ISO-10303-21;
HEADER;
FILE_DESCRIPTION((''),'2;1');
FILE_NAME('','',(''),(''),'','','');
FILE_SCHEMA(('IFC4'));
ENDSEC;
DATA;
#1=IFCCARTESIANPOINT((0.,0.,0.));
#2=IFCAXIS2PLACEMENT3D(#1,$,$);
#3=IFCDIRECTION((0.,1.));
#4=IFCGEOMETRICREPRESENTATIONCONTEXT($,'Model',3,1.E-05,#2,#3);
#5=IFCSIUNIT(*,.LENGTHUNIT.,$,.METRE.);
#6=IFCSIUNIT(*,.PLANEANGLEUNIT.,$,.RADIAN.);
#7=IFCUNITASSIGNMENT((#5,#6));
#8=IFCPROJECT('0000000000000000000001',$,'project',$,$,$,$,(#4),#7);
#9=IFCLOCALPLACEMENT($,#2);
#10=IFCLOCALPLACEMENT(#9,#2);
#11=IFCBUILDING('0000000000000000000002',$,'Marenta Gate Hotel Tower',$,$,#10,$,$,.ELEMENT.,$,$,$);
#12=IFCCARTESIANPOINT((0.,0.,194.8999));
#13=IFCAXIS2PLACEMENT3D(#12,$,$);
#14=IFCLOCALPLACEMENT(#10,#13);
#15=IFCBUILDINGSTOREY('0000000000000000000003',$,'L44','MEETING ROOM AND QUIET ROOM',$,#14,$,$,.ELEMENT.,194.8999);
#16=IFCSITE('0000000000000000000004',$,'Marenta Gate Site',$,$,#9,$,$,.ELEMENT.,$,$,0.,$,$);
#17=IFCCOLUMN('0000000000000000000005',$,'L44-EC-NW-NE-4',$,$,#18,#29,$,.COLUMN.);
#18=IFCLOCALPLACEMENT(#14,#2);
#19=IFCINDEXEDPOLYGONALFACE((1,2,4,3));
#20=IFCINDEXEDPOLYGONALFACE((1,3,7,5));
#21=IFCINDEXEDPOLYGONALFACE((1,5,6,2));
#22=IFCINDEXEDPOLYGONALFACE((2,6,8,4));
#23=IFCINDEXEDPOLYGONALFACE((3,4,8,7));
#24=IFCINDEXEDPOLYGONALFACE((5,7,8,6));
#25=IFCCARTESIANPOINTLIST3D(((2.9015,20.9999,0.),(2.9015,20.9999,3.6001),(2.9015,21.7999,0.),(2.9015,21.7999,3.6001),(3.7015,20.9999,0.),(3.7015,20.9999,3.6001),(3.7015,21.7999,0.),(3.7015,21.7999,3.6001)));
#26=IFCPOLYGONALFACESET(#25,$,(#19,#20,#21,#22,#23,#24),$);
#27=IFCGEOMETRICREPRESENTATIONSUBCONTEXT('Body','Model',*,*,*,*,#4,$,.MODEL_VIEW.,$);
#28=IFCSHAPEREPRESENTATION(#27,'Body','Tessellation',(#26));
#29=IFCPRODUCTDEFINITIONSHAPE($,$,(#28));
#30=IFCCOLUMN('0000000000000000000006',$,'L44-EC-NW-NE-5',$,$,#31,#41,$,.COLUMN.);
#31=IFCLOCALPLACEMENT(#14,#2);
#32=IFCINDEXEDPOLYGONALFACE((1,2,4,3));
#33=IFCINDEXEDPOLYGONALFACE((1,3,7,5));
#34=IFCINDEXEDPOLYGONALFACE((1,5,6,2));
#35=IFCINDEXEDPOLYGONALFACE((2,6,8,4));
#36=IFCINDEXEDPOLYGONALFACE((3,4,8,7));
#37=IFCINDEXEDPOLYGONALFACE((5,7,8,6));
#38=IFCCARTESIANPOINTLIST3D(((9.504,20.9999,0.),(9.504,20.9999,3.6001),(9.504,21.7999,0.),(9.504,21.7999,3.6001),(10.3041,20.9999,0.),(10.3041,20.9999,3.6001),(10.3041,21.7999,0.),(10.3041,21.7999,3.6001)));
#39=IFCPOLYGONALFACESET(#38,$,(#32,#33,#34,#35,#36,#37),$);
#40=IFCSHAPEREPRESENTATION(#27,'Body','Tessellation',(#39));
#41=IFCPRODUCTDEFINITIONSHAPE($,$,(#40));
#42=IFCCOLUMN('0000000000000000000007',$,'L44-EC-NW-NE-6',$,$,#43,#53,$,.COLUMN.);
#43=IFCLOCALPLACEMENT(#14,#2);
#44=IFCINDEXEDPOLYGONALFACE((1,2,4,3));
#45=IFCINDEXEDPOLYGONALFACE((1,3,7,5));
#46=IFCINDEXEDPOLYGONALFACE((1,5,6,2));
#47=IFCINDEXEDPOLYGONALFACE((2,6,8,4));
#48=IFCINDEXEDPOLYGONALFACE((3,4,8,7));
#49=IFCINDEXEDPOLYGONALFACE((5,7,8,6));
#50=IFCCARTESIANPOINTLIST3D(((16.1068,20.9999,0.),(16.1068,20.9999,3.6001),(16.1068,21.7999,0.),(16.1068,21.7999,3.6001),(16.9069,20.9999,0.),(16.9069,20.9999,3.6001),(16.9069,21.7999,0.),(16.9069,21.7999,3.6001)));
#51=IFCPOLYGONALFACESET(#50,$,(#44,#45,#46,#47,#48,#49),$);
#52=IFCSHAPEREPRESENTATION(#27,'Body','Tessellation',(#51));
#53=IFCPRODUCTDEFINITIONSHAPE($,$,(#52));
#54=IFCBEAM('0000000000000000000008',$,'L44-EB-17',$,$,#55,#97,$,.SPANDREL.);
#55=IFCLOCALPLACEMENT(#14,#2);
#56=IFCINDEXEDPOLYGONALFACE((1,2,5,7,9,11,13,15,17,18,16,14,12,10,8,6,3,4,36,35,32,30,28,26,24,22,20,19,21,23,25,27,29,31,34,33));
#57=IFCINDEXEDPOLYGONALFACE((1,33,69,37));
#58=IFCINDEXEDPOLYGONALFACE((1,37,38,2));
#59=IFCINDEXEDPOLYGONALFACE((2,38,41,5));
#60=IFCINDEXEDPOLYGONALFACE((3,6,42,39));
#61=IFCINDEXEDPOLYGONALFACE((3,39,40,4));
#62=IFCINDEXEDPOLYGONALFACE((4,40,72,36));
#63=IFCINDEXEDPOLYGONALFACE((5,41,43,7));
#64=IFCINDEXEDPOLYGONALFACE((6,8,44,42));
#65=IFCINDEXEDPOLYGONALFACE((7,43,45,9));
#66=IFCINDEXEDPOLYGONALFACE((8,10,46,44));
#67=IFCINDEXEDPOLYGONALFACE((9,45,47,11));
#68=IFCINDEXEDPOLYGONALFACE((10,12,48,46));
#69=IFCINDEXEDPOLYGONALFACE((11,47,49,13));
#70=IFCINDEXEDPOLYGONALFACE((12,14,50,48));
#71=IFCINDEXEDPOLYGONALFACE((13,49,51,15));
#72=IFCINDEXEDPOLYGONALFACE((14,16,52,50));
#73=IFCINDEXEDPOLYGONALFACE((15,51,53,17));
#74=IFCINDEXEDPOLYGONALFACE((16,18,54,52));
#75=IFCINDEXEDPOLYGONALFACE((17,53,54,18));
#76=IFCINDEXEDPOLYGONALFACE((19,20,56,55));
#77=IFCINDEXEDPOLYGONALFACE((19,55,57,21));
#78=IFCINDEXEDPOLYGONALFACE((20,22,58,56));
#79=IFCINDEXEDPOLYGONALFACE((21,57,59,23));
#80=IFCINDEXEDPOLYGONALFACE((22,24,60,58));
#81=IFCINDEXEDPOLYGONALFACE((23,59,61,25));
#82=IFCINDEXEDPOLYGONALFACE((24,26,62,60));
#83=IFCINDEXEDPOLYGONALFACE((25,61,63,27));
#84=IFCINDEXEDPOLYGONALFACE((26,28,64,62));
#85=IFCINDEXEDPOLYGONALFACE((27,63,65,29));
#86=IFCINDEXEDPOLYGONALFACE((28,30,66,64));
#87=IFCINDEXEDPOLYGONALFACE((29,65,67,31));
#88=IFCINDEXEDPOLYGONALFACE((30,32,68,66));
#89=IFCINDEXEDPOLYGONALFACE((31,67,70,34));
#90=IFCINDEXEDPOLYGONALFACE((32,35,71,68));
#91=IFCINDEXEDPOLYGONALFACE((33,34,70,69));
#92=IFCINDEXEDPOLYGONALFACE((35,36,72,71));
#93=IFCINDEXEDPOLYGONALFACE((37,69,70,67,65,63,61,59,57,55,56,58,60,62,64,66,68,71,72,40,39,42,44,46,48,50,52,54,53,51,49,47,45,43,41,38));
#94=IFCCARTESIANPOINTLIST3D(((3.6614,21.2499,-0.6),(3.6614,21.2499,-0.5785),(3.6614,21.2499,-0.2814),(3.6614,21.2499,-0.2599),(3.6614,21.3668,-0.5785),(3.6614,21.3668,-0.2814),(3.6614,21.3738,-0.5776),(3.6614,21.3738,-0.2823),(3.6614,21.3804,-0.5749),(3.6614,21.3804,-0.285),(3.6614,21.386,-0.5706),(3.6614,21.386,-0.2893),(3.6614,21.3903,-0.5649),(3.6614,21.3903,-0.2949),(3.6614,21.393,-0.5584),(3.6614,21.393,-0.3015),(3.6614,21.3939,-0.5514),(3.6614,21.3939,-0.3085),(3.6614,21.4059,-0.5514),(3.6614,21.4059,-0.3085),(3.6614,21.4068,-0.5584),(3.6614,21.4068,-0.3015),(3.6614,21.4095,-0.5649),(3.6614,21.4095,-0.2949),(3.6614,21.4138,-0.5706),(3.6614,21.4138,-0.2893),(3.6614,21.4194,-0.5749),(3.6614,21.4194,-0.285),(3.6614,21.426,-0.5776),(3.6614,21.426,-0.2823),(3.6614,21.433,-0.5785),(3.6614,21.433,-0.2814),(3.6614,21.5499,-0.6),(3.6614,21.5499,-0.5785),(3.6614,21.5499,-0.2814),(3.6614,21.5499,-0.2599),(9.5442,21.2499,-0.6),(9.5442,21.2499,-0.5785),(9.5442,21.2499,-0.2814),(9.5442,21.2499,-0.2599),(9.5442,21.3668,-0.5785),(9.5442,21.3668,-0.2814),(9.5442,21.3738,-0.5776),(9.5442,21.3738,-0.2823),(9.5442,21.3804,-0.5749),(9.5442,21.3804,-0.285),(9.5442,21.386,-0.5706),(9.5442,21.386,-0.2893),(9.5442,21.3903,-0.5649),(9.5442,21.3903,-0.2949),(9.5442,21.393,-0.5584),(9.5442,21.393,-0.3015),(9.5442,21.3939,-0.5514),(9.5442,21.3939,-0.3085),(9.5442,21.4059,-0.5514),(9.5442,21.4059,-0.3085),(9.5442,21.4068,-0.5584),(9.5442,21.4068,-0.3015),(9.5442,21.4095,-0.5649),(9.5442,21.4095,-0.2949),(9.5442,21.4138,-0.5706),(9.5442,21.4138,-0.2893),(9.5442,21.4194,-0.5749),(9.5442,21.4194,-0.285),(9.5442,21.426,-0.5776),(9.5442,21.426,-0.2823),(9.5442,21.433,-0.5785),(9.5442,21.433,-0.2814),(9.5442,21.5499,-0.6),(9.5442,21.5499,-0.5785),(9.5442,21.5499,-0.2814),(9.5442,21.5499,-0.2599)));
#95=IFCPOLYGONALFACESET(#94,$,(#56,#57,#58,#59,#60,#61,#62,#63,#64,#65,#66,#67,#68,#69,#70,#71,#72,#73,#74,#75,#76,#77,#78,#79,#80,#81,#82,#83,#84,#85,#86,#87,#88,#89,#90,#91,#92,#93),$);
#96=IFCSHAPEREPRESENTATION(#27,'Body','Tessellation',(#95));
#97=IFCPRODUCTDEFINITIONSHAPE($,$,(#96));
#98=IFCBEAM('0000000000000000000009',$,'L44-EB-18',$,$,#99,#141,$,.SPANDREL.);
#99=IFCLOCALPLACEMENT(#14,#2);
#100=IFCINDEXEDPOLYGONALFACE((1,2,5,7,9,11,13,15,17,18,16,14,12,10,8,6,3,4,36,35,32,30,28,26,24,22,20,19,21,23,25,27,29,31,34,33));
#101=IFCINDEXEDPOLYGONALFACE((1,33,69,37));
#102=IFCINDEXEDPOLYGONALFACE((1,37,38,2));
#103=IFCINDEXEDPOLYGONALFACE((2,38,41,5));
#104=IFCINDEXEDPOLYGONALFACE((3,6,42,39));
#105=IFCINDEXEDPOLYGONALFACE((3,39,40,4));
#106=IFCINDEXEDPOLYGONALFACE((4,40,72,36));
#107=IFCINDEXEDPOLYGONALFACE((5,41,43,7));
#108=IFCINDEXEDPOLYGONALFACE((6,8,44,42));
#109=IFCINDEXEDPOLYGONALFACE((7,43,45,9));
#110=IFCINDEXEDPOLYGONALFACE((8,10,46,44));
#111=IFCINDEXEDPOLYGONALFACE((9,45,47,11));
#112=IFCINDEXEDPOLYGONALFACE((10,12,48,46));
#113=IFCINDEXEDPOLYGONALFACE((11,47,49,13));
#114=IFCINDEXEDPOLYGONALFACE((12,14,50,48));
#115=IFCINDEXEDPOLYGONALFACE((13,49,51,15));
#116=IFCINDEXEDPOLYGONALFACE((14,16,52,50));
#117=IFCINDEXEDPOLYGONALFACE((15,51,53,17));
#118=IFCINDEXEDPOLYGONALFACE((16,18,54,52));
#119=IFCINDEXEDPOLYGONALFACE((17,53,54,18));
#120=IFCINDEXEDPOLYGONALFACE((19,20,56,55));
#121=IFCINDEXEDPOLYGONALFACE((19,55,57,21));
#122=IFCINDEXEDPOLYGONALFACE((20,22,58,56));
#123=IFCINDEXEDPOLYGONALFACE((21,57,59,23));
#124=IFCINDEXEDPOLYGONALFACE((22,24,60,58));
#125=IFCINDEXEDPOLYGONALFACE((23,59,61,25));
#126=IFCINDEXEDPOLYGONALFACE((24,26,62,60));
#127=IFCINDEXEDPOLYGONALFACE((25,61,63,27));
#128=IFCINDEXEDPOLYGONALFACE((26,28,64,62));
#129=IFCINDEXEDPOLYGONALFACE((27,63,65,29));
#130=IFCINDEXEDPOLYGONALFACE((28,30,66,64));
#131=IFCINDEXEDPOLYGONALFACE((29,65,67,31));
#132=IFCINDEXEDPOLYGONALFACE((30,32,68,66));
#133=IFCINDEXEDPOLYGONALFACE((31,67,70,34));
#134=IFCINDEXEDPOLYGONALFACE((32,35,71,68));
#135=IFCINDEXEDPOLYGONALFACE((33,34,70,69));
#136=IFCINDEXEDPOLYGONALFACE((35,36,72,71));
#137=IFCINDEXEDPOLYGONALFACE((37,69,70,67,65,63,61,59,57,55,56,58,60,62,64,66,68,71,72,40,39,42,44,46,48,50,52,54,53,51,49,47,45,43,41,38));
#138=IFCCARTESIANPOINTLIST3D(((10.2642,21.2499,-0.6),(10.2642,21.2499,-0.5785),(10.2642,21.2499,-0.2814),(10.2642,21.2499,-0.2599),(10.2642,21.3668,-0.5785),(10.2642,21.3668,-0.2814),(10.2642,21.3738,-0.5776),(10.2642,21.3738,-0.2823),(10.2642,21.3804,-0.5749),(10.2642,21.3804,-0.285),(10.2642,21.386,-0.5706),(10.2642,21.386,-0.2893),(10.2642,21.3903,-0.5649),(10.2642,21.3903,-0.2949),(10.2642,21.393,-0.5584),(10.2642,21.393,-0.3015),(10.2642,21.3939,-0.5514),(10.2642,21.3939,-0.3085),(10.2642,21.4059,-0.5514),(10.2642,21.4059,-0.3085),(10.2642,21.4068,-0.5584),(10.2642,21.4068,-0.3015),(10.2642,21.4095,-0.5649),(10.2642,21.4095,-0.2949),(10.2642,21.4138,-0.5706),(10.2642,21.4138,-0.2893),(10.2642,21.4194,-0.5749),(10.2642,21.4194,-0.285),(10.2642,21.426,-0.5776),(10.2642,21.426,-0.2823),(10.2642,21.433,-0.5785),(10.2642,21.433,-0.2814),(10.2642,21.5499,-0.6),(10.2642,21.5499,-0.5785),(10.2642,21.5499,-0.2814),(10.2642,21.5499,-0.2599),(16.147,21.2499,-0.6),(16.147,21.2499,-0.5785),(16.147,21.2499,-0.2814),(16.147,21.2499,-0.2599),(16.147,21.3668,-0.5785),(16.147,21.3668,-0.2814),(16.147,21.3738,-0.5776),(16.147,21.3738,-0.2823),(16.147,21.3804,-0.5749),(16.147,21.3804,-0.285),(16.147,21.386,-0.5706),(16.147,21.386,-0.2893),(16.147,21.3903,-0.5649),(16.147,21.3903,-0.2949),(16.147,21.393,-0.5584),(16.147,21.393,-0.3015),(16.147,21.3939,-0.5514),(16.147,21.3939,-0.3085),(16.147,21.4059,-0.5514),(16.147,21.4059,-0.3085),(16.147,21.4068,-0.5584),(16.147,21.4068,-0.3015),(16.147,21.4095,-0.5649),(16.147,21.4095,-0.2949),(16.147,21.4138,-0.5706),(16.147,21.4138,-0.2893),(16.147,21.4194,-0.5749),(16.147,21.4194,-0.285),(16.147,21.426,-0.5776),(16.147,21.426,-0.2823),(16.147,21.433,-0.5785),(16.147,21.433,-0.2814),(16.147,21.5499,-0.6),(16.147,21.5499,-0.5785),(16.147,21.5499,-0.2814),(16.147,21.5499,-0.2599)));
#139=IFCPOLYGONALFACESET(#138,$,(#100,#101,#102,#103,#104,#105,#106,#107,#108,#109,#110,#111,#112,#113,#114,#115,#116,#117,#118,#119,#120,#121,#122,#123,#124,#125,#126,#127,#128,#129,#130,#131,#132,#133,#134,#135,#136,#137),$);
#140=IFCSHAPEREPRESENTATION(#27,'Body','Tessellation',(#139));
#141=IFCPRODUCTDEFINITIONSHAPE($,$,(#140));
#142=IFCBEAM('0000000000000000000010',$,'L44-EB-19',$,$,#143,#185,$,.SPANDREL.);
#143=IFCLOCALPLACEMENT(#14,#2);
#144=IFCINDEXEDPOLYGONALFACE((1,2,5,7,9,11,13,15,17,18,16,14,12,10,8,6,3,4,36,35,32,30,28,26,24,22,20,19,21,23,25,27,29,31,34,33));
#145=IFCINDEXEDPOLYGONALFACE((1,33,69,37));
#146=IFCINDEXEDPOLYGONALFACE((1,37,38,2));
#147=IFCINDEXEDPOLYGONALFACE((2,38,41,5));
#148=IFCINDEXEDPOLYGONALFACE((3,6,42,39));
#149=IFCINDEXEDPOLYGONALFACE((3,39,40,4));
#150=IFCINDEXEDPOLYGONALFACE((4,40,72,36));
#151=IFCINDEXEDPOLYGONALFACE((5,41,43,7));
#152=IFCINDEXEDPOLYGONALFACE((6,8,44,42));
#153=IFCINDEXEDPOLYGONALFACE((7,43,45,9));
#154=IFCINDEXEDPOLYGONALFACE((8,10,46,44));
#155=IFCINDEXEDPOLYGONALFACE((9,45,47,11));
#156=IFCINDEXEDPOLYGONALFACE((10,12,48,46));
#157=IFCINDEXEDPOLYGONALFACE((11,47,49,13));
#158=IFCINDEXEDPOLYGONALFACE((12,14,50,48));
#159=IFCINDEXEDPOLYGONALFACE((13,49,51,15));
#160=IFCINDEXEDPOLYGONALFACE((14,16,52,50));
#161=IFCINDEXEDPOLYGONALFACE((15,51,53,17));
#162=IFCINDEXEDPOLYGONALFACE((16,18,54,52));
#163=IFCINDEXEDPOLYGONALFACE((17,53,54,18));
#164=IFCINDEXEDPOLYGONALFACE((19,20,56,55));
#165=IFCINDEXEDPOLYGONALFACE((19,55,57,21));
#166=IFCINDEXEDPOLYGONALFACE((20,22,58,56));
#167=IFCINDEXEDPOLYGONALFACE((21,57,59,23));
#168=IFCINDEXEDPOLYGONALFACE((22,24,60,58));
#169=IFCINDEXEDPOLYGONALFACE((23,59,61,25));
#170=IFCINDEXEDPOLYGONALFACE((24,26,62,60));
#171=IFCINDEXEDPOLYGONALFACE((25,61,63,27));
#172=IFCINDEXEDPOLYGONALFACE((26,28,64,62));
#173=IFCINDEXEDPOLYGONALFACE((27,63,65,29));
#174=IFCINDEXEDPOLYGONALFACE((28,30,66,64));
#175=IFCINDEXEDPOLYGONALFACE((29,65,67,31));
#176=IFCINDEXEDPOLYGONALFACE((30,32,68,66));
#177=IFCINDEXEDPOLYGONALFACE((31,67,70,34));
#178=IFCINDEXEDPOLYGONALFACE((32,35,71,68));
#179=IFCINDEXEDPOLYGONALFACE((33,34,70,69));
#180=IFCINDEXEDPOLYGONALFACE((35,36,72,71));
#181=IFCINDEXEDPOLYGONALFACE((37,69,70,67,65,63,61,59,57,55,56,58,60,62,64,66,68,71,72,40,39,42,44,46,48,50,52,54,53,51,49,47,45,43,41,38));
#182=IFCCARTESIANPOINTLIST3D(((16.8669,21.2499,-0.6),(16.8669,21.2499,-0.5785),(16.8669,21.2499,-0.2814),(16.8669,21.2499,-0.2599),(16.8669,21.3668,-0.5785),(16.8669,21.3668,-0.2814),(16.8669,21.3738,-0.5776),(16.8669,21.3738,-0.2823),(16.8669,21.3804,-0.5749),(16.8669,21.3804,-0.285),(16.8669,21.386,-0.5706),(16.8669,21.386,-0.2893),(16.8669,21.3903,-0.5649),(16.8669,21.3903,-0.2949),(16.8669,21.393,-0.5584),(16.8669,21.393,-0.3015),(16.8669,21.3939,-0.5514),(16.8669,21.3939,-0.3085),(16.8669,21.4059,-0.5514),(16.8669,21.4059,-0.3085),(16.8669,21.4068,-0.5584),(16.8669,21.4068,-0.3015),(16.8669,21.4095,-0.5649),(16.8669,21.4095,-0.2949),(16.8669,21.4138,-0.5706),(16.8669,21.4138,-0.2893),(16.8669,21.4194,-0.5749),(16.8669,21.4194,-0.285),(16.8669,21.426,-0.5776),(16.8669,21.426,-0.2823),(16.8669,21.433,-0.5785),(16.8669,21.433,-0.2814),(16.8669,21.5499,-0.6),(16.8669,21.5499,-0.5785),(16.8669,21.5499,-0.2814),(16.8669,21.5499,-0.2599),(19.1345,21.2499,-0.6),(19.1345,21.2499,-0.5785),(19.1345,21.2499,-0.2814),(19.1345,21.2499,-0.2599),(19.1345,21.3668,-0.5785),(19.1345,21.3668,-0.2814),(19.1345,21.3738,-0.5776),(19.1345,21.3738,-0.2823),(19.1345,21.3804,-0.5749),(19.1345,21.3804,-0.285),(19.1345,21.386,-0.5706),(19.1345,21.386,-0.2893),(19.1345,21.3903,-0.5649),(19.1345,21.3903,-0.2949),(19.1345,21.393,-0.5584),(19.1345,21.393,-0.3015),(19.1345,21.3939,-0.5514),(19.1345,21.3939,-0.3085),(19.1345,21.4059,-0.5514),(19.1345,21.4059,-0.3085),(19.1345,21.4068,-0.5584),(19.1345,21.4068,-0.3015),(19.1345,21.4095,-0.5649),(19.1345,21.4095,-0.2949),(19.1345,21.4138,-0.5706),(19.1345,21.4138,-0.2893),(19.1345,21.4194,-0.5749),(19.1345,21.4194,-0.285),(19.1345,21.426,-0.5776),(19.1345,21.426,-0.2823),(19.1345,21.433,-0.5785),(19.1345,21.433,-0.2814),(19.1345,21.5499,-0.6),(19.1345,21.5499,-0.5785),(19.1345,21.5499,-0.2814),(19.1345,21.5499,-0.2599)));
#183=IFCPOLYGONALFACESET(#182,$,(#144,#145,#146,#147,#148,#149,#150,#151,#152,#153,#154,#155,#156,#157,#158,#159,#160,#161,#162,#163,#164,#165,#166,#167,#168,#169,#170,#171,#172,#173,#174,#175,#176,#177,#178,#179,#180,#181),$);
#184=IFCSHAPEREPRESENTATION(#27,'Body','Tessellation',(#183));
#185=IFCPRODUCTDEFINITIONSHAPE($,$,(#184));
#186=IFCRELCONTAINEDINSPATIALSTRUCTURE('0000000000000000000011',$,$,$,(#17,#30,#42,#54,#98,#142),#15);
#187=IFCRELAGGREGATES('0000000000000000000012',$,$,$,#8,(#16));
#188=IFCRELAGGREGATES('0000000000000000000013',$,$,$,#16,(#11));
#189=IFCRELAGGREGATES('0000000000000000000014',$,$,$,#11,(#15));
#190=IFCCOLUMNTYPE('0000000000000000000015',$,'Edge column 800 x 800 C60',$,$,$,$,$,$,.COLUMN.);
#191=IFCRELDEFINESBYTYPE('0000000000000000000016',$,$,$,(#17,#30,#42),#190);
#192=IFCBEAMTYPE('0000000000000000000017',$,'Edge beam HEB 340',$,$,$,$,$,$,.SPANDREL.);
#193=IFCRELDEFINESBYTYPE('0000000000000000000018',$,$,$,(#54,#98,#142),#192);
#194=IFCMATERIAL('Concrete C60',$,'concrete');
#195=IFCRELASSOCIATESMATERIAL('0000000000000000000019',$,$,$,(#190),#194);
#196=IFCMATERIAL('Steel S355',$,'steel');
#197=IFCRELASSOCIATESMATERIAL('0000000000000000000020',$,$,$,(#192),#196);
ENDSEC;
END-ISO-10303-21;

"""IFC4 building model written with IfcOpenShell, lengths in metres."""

from ifc_helpers import new_model, si_unit, direction, frame, origin, origin_2d, place, context, subcontext, project, spatial, rectangle, i_section, extrude, material, material_profile, profile_set, type_object, element, save


model = new_model("IFC4")

# Units and contexts
model_context = context("Model", 3, precision=1e-05, world=origin(), true_north=direction((0.0, 1.0)))
body_context = subcontext(model_context, "Body", "Model", "MODEL_VIEW")
ifc_project = project(units=[si_unit("LENGTHUNIT", "METRE"), si_unit("PLANEANGLEUNIT", "RADIAN")], contexts=[model_context])

# Site, building, storey
site_placement = place(None, origin())
site = spatial("IfcSite", under=ifc_project, at=site_placement, Name="Marenta Gate Site", CompositionType="ELEMENT", RefElevation=0.0)
building_placement = place(site_placement, origin())
building = spatial("IfcBuilding", under=site, at=building_placement, Name="Marenta Gate Hotel Tower", CompositionType="ELEMENT")
storey_placement = place(building_placement, frame((0.0, 0.0, 194.8999)))
storey = spatial("IfcBuildingStorey", under=building, at=storey_placement, Name="L44", Description="MEETING ROOM AND QUIET ROOM", CompositionType="ELEMENT", Elevation=194.8999)

# Columns
ifc_material_1 = material(Name="Concrete C60", Category="concrete")
ifc_material_profile_1 = material_profile(ifc_material_1, rectangle(XDim=0.8, YDim=0.8, at=origin_2d()), Name="800 x 800")
ifc_profile_set_1 = profile_set([ifc_material_profile_1], Name="Concrete C60")
column_type = type_object("IfcColumnType", Name="Edge column 800 x 800 C60", PredefinedType="COLUMN", material=ifc_profile_set_1)
for number, where, z_axis, x_axis, name in (
    (1, (3.3015, 21.3999, 0.0), (0.0, 0.0, 1.0), (1.0, 0.0, 0.0), "L44-EC-NW-NE-4"),
    (2, (9.9041, 21.3999, 0.0), (0.0, 0.0, 1.0), (1.0, 0.0, 0.0), "L44-EC-NW-NE-5"),
    (3, (16.5068, 21.3999, 0.0), (0.0, 0.0, 1.0), (1.0, 0.0, 0.0), "L44-EC-NW-NE-6"),
):
    element("IfcColumn", number, at=place(storey_placement, frame(where, z_axis=z_axis, x_axis=x_axis)), inside=storey, type_object=column_type, Name=name, PredefinedType="COLUMN", context=body_context, shape_type="SweptSolid", body=[
        extrude(rectangle(XDim=0.8, YDim=0.8, at=origin_2d()), origin(), (0.0, 0.0, 1.0), 3.6001),
    ])

# Beams
ifc_material_2 = material(Name="Steel S355", Category="steel")
ifc_material_profile_2 = material_profile(ifc_material_2, i_section(OverallWidth=0.3, OverallDepth=0.3401, WebThickness=0.012, FlangeThickness=0.0215, FilletRadius=0.0271, at=origin_2d()), Name="HEB 340")
ifc_profile_set_2 = profile_set([ifc_material_profile_2], Name="Steel S355")
beam_type_1 = type_object("IfcBeamType", Name="Edge beam HEB 340", PredefinedType="SPANDREL", material=ifc_profile_set_2)
for number, where, z_axis, x_axis, name in (
    (4, (3.6614, 21.3999, -0.4299), (1.0, 0.0, 0.0), (0.0, 1.0, 0.0), "L44-EB-17"),
    (5, (10.2642, 21.3999, -0.4299), (1.0, 0.0, 0.0), (0.0, 1.0, 0.0), "L44-EB-18"),
):
    element("IfcBeam", number, at=place(storey_placement, frame(where, z_axis=z_axis, x_axis=x_axis)), inside=storey, type_object=beam_type_1, Name=name, PredefinedType="SPANDREL", context=body_context, shape_type="SweptSolid", body=[
        extrude(i_section(OverallWidth=0.3, OverallDepth=0.3401, WebThickness=0.012, FlangeThickness=0.0215, FilletRadius=0.0271, at=origin_2d()), origin(), (0.0, 0.0, 1.0), 5.8828),
    ])
beam_placement = place(storey_placement, frame((16.8669, 21.3999, -0.4299), z_axis=(1.0, 0.0, 0.0), x_axis=(0.0, 1.0, 0.0)))
element("IfcBeam", 6, at=beam_placement, inside=storey, type_object=beam_type_1, Name="L44-EB-19", PredefinedType="SPANDREL", context=body_context, shape_type="SweptSolid", body=[
    extrude(i_section(OverallWidth=0.3, OverallDepth=0.3401, WebThickness=0.012, FlangeThickness=0.0215, FilletRadius=0.0271, at=origin_2d()), origin(), (0.0, 0.0, 1.0), 2.2676),
])

save(model, "model.ifc")
